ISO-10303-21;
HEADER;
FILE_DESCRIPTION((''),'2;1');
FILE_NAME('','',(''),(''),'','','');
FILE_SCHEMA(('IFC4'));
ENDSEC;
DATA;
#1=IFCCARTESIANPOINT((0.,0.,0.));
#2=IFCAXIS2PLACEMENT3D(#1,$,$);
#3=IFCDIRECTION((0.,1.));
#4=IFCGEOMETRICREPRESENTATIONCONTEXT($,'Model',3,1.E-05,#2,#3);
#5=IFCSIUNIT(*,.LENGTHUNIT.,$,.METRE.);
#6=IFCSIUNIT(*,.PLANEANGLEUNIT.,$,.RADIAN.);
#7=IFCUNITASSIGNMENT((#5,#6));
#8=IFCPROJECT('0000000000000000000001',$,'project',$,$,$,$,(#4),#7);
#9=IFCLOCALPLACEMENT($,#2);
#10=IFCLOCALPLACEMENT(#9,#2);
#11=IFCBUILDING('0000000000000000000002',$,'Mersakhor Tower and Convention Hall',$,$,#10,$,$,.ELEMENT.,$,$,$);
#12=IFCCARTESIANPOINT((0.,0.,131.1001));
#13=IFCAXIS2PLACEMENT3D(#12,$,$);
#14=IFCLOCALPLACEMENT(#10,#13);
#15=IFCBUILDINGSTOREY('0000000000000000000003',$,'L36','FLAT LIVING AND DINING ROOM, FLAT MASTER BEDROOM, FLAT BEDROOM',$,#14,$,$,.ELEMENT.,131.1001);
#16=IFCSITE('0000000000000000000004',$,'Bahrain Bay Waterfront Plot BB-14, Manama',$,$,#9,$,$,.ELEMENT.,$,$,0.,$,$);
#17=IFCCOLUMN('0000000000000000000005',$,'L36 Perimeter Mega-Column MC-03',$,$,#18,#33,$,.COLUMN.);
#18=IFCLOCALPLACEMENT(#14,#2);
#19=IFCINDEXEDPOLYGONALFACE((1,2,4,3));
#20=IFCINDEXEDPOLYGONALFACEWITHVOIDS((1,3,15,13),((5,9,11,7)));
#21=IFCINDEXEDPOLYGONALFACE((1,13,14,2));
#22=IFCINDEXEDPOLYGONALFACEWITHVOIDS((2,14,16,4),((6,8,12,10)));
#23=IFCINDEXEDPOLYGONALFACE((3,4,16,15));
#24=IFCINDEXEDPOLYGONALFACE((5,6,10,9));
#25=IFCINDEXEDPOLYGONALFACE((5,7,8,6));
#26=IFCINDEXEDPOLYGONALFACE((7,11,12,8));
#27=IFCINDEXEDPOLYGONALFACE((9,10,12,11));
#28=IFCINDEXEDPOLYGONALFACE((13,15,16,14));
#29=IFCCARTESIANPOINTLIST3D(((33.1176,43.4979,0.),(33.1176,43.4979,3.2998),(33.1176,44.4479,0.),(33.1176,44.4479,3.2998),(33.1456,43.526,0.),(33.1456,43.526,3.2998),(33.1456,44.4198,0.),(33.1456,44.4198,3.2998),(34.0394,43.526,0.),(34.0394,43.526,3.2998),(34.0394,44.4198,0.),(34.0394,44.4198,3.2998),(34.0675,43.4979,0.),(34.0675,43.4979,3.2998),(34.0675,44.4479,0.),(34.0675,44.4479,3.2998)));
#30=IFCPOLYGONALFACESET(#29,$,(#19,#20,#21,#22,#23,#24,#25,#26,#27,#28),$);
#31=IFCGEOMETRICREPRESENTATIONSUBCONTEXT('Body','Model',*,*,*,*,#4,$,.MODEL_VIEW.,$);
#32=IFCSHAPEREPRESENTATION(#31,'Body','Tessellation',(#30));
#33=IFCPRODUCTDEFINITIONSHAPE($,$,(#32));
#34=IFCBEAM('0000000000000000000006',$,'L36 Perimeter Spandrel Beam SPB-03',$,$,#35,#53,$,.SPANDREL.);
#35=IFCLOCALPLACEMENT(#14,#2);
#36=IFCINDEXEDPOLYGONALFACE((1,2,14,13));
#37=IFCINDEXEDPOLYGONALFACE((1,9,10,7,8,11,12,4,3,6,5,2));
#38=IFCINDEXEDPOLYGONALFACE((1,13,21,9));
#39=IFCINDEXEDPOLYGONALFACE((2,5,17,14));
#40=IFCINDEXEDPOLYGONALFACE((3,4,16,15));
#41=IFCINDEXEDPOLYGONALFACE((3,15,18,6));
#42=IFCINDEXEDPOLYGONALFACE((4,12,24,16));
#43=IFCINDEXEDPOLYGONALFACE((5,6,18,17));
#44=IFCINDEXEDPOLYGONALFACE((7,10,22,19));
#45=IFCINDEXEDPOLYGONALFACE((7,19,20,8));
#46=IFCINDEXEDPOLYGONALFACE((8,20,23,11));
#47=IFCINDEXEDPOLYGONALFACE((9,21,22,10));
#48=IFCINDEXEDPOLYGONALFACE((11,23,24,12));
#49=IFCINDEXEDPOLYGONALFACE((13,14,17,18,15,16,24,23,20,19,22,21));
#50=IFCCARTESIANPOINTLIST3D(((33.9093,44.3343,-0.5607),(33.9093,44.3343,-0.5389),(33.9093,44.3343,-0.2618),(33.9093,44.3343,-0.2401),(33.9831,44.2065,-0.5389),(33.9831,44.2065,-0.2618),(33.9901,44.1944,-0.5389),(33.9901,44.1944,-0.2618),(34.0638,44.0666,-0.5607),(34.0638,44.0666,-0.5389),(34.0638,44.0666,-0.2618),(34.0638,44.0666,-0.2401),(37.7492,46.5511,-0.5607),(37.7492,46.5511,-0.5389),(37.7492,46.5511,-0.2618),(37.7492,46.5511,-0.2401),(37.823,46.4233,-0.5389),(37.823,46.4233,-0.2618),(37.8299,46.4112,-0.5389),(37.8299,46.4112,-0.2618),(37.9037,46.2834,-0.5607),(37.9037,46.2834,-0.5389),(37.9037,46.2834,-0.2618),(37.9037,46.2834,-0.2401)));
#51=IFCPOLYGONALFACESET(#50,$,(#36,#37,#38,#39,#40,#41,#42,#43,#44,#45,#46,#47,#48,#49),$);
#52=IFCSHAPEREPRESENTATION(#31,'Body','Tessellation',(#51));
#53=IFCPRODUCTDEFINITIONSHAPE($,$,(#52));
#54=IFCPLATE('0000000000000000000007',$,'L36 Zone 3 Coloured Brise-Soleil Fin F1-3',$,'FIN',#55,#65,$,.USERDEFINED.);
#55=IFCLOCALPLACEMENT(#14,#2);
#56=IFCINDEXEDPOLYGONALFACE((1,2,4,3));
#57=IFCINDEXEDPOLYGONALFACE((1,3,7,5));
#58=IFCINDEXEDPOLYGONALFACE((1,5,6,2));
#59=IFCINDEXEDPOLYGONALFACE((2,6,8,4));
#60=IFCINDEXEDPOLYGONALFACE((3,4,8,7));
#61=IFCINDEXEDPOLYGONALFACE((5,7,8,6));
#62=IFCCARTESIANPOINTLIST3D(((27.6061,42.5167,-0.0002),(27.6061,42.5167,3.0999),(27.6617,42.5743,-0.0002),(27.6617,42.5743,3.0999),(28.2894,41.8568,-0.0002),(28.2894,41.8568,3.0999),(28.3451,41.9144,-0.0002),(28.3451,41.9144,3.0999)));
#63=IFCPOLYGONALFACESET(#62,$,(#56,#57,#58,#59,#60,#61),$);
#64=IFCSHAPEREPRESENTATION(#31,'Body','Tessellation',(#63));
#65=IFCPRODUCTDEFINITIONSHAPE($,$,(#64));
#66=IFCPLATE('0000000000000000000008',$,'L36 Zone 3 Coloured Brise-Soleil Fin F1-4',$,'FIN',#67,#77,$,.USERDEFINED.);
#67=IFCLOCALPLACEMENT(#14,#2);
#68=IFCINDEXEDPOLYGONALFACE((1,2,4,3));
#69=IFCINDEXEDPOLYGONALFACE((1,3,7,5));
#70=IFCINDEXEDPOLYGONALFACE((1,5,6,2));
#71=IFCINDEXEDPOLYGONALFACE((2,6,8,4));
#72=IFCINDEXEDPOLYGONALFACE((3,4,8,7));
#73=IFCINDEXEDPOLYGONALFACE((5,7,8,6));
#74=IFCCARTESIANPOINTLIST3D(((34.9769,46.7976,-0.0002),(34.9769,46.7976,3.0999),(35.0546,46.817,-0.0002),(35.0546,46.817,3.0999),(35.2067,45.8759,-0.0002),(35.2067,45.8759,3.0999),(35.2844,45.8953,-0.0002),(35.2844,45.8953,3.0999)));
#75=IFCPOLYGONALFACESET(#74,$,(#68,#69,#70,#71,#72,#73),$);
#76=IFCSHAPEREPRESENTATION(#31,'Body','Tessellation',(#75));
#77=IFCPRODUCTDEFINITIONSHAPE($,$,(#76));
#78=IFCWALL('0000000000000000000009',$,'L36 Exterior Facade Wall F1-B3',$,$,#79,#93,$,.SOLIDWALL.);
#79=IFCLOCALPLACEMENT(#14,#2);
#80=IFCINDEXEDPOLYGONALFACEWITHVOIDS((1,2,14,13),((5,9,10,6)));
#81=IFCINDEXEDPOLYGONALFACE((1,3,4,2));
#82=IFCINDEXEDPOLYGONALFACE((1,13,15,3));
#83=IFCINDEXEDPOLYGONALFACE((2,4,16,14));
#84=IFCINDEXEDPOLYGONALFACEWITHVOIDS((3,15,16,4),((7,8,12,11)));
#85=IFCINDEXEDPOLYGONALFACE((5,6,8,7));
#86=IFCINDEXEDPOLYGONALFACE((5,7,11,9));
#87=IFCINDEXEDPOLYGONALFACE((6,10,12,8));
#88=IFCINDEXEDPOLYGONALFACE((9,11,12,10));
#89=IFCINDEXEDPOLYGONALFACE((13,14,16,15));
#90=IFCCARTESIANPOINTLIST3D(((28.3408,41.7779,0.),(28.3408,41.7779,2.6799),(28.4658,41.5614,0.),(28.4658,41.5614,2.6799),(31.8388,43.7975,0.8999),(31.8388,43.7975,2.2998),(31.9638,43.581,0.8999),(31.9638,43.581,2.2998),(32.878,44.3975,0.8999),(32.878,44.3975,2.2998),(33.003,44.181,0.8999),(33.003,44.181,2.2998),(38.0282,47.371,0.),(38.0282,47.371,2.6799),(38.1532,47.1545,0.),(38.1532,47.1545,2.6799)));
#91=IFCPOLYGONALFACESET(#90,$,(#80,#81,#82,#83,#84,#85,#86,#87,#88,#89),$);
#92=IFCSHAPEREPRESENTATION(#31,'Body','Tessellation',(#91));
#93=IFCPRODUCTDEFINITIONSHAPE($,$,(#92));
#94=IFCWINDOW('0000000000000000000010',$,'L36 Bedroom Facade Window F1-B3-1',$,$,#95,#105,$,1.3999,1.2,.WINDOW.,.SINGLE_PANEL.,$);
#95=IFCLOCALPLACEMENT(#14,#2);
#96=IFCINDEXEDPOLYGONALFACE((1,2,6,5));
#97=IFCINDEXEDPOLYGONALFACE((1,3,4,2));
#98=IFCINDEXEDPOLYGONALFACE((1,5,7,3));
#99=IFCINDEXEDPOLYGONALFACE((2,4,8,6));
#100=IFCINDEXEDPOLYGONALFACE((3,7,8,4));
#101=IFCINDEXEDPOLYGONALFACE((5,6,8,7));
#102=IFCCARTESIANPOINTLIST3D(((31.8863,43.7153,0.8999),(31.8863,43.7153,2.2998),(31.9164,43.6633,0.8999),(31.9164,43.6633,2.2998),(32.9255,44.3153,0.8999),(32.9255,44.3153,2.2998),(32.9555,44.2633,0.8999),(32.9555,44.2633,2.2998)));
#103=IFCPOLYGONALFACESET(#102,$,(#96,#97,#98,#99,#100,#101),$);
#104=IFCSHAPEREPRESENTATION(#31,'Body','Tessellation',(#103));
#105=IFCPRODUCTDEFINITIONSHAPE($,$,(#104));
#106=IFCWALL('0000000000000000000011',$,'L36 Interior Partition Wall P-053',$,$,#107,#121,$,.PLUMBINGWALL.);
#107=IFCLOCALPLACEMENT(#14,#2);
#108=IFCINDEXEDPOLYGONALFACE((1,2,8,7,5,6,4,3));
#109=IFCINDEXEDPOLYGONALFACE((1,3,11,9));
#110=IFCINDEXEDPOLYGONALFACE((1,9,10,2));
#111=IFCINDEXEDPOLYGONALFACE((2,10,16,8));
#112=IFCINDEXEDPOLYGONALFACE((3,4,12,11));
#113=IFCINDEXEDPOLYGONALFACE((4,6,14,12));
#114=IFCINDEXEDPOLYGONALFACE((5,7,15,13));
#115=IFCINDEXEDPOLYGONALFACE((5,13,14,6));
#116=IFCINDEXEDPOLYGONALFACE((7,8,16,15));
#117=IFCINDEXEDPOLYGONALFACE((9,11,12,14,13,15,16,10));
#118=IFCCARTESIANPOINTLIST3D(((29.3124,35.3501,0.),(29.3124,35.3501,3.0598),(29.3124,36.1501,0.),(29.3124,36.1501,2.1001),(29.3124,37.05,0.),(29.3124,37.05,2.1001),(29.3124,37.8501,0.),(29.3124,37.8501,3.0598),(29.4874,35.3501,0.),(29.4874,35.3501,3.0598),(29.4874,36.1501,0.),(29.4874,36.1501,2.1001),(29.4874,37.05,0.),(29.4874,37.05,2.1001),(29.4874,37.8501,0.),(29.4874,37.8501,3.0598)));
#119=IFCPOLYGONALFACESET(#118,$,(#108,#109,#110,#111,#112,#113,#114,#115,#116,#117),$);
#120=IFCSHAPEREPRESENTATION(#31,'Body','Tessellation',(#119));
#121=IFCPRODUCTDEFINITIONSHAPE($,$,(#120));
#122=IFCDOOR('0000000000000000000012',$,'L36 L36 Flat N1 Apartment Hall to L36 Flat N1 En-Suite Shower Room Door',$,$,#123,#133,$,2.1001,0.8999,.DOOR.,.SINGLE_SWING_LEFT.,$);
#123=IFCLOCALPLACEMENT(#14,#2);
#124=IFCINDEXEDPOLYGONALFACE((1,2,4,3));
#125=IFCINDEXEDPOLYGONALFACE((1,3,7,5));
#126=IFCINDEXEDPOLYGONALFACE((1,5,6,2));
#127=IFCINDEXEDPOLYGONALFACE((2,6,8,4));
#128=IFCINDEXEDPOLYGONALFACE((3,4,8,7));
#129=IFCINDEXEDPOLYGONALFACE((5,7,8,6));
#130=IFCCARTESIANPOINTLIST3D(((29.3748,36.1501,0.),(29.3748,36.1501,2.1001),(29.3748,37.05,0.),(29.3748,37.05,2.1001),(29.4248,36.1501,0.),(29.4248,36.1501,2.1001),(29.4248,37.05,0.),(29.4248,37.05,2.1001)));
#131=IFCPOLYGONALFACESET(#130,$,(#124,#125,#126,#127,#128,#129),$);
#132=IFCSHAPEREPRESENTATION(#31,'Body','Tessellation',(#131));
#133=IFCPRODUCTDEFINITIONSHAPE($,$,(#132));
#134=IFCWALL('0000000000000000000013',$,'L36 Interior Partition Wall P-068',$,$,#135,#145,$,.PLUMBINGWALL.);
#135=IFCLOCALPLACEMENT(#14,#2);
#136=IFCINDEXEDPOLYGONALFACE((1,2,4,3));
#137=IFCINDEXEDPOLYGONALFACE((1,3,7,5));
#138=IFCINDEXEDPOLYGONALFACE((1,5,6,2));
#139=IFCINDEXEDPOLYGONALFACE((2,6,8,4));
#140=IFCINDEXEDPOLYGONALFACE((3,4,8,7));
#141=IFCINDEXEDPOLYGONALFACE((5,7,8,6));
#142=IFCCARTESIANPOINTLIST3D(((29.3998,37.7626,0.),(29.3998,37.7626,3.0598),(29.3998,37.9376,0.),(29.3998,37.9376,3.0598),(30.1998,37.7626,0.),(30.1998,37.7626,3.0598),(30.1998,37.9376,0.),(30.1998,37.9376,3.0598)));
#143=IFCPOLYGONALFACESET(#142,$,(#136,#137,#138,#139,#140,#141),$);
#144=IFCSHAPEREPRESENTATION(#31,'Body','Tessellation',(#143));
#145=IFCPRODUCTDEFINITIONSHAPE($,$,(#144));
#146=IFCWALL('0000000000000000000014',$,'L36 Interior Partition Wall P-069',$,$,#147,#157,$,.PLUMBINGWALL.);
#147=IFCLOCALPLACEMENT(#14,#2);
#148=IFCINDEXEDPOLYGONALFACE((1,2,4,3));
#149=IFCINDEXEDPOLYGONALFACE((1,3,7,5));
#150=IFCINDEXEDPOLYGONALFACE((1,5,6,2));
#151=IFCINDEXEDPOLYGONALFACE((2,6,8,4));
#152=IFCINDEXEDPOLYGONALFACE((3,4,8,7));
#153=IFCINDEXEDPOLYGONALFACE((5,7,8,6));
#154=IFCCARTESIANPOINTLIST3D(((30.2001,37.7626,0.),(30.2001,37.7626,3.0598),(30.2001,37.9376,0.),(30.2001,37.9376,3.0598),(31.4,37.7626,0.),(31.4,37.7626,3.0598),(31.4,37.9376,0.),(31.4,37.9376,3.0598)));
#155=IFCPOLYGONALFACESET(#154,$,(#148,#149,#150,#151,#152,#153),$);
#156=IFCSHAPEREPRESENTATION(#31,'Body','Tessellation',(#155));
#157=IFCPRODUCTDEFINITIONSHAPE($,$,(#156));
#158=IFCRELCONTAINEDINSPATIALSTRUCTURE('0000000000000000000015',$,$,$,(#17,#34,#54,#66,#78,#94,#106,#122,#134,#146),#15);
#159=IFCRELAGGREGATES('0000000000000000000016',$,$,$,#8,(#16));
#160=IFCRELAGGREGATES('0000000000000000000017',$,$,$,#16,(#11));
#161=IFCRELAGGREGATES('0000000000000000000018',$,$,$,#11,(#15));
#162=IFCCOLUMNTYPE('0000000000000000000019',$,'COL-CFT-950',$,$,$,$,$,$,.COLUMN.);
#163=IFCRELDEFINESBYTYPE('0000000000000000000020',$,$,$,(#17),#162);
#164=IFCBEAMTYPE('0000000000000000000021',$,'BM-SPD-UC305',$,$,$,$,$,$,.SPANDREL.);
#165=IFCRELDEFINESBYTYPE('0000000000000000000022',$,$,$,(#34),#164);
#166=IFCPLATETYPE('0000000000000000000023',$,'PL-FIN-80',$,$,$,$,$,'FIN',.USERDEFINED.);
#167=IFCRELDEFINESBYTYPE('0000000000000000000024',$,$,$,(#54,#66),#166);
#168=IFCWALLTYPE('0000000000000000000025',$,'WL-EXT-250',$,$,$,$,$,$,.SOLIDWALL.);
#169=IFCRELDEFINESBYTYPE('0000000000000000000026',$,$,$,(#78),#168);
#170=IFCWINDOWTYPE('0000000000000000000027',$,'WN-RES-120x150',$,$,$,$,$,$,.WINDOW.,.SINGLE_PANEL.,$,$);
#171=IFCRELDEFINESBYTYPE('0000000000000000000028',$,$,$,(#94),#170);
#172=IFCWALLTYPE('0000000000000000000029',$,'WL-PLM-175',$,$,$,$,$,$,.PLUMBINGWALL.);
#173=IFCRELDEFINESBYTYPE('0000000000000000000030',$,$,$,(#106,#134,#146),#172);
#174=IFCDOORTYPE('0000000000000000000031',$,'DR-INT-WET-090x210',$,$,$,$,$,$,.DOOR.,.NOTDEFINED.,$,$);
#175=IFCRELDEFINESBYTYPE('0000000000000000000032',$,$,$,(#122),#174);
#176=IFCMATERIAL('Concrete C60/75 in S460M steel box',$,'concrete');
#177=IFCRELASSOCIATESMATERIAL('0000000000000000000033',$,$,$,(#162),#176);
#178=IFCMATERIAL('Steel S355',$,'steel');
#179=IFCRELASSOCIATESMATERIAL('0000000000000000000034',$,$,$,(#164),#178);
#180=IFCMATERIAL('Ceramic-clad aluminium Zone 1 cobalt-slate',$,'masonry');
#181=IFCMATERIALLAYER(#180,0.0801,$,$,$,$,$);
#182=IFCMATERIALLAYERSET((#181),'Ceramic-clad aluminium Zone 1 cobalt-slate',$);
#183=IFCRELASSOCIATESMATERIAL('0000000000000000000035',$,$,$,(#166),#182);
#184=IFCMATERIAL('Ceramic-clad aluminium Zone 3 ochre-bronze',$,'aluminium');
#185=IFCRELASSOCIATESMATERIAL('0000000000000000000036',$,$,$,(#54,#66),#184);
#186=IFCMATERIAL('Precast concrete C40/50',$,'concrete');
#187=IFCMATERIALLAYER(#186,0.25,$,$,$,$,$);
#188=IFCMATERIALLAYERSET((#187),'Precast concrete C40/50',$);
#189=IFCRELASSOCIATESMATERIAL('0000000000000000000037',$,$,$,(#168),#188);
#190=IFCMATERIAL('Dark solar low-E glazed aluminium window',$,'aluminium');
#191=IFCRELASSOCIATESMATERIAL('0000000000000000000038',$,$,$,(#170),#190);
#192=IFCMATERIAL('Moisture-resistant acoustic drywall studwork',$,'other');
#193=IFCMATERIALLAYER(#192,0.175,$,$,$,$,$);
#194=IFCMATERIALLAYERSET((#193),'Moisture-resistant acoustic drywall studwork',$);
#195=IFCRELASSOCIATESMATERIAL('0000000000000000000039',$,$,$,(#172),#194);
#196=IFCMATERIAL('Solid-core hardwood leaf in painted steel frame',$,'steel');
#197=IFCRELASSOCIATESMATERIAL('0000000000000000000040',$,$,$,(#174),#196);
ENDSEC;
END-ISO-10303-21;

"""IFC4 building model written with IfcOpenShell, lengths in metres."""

from ifc_helpers import new_model, si_unit, direction, frame, frame_2d, origin, origin_2d, place, context, subcontext, project, spatial, rectangle, hollow_rectangle, i_section, extrude, material, layer, layer_set, material_profile, profile_set, type_object, element, fill, save


model = new_model("IFC4")

# Units and contexts
model_context = context("Model", 3, precision=1e-05, world=origin(), true_north=direction((0.0, 1.0)))
body_context = subcontext(model_context, "Body", "Model", "MODEL_VIEW")
ifc_project = project(units=[si_unit("LENGTHUNIT", "METRE"), si_unit("PLANEANGLEUNIT", "RADIAN")], contexts=[model_context])

# Site, building, storey
site_placement = place(None, origin())
site = spatial("IfcSite", under=ifc_project, at=site_placement, Name="Bahrain Bay Waterfront Plot BB-14, Manama", CompositionType="ELEMENT", RefElevation=0.0)
building_placement = place(site_placement, origin())
building = spatial("IfcBuilding", under=site, at=building_placement, Name="Mersakhor Tower and Convention Hall", CompositionType="ELEMENT")
storey_placement = place(building_placement, frame((0.0, 0.0, 131.1001)))
storey = spatial("IfcBuildingStorey", under=building, at=storey_placement, Name="L36", Description="FLAT LIVING AND DINING ROOM, FLAT MASTER BEDROOM, FLAT BEDROOM", CompositionType="ELEMENT", Elevation=131.1001)

# Column
ifc_material_1 = material(Name="Concrete C60/75 in S460M steel box", Category="concrete")
ifc_material_profile_1 = material_profile(ifc_material_1, hollow_rectangle(XDim=0.95, YDim=0.95, WallThickness=0.0281, at=origin_2d()), Name="SHS 950x950x28")
ifc_profile_set_1 = profile_set([ifc_material_profile_1], Name="Concrete C60/75 in S460M steel box")
column_type = type_object("IfcColumnType", Name="COL-CFT-950", PredefinedType="COLUMN", material=ifc_profile_set_1)
column_placement = place(storey_placement, frame((33.5925, 43.9729, 0.0), z_axis=(0.0, 0.0, 1.0), x_axis=(1.0, 0.0, 0.0)))
element("IfcColumn", 1, at=column_placement, inside=storey, type_object=column_type, Name="L36 Perimeter Mega-Column MC-03", PredefinedType="COLUMN", context=body_context, shape_type="SweptSolid", body=[
    extrude(hollow_rectangle(XDim=0.95, YDim=0.95, WallThickness=0.0281, at=origin_2d()), origin(), (0.0, 0.0, 1.0), 3.2998),
])

# Beam
ifc_material_2 = material(Name="Steel S355", Category="steel")
ifc_material_profile_2 = material_profile(ifc_material_2, i_section(OverallWidth=0.3091, OverallDepth=0.3206, WebThickness=0.0139, FlangeThickness=0.0217, at=origin_2d()), Name="UC 305x305x137")
ifc_profile_set_2 = profile_set([ifc_material_profile_2], Name="Steel S355")
beam_type = type_object("IfcBeamType", Name="BM-SPD-UC305", PredefinedType="SPANDREL", material=ifc_profile_set_2)
beam_placement = place(storey_placement, frame((33.9866, 44.2004, -0.4004), z_axis=(0.866039, 0.499977, 0.0), x_axis=(-0.499977, 0.866039, 0.0)))
element("IfcBeam", 2, at=beam_placement, inside=storey, type_object=beam_type, Name="L36 Perimeter Spandrel Beam SPB-03", PredefinedType="SPANDREL", context=body_context, shape_type="SweptSolid", body=[
    extrude(i_section(OverallWidth=0.3091, OverallDepth=0.3206, WebThickness=0.0139, FlangeThickness=0.0217, at=origin_2d()), origin(), (0.0, 0.0, 1.0), 4.4338),
])

# Plates
ifc_material_3 = material(Name="Ceramic-clad aluminium Zone 3 ochre-bronze", Category="aluminium")
ifc_material_4 = material(Name="Ceramic-clad aluminium Zone 1 cobalt-slate", Category="masonry")
ifc_layer_1 = layer(ifc_material_4, 0.0801)
ifc_layer_set_1 = layer_set([ifc_layer_1], Name="Ceramic-clad aluminium Zone 1 cobalt-slate")
plate_type = type_object("IfcPlateType", Name="PL-FIN-80", ElementType="FIN", PredefinedType="USERDEFINED", material=ifc_layer_set_1)
for number, where, z_axis, x_axis, name in (
    (3, (27.9756, 42.2156, -0.0002), (0.0, 0.0, 1.0), (-0.71934, 0.694658, 0.0), "L36 Zone 3 Coloured Brise-Soleil Fin F1-3"),
    (4, (35.1306, 46.3464, -0.0002), (0.0, 0.0, 1.0), (-0.241922, 0.970296, 0.0), "L36 Zone 3 Coloured Brise-Soleil Fin F1-4"),
):
    element("IfcPlate", number, at=place(storey_placement, frame(where, z_axis=z_axis, x_axis=x_axis)), inside=storey, type_object=plate_type, material=ifc_material_3, Name=name, ObjectType="FIN", PredefinedType="USERDEFINED", context=body_context, shape_type="SweptSolid", body=[
        extrude(rectangle(XDim=0.95, YDim=0.0801, at=origin_2d()), origin(), (0.0, 0.0, 1.0), 3.1001),
    ])

# Wall, opening, window
ifc_material_5 = material(Name="Precast concrete C40/50", Category="concrete")
ifc_layer_2 = layer(ifc_material_5, 0.25)
ifc_layer_set_2 = layer_set([ifc_layer_2], Name="Precast concrete C40/50")
wall_type_1 = type_object("IfcWallType", Name="WL-EXT-250", PredefinedType="SOLIDWALL", material=ifc_layer_set_2)
wall_1_placement = place(storey_placement, frame((28.4033, 41.6697, 0.0), z_axis=(0.0, 0.0, 1.0), x_axis=(0.866022, 0.500005, 0.0)))
wall_1 = element("IfcWall", 5, at=wall_1_placement, inside=storey, type_object=wall_type_1, Name="L36 Exterior Facade Wall F1-B3", PredefinedType="SOLIDWALL", context=body_context, shape_type="SweptSolid", body=[
    extrude(rectangle(XDim=11.186, YDim=0.25, at=frame_2d((5.593, 0.0))), origin(), (0.0, 0.0, 1.0), 2.6799),
])
opening_1_placement = place(wall_1_placement, frame((4.0391, 0.0, 0.8999)))
opening_1 = element("IfcOpeningElement", 6, at=opening_1_placement, cuts=wall_1, PredefinedType="OPENING", context=body_context, shape_type="SweptSolid", body=[
    extrude(rectangle(XDim=1.2, YDim=1.3999, at=frame_2d((0.6001, 0.7))), frame((0.0, 0.135, 0.0), z_axis=(0.0, -1.0, 0.0), x_axis=(1.0, 0.0, 0.0)), (0.0, 0.0, 1.0), 0.27),
])
ifc_material_6 = material(Name="Dark solar low-E glazed aluminium window", Category="aluminium")
window_type = type_object("IfcWindowType", Name="WN-RES-120x150", PartitioningType="SINGLE_PANEL", PredefinedType="WINDOW", material=ifc_material_6)
window_placement = place(opening_1_placement, origin())
window = element("IfcWindow", 7, at=window_placement, inside=storey, type_object=window_type, Name="L36 Bedroom Facade Window F1-B3-1", OverallHeight=1.3999, OverallWidth=1.2, PartitioningType="SINGLE_PANEL", PredefinedType="WINDOW", context=body_context, shape_type="SweptSolid", body=[
    extrude(rectangle(XDim=1.2, YDim=1.3999, at=frame_2d((0.6001, 0.7))), frame((0.0, 0.03, 0.0), z_axis=(0.0, -1.0, 0.0), x_axis=(1.0, 0.0, 0.0)), (0.0, 0.0, 1.0), 0.0601),
])
fill(opening_1, window)

# Wall, opening, door
ifc_material_7 = material(Name="Moisture-resistant acoustic drywall studwork", Category="other")
ifc_layer_3 = layer(ifc_material_7, 0.175)
ifc_layer_set_3 = layer_set([ifc_layer_3], Name="Moisture-resistant acoustic drywall studwork")
wall_type_2 = type_object("IfcWallType", Name="WL-PLM-175", PredefinedType="PLUMBINGWALL", material=ifc_layer_set_3)
wall_2_placement = place(storey_placement, frame((29.3999, 37.8501, 0.0), z_axis=(0.0, 0.0, 1.0), x_axis=(0.0, -1.0, 0.0)))
wall_2 = element("IfcWall", 8, at=wall_2_placement, inside=storey, type_object=wall_type_2, Name="L36 Interior Partition Wall P-053", PredefinedType="PLUMBINGWALL", context=body_context, shape_type="SweptSolid", body=[
    extrude(rectangle(XDim=2.5, YDim=0.175, at=frame_2d((1.25, 0.0))), origin(), (0.0, 0.0, 1.0), 3.0598),
])
opening_2_placement = place(wall_2_placement, frame((0.8, 0.0, 0.0)))
opening_2 = element("IfcOpeningElement", 9, at=opening_2_placement, cuts=wall_2, PredefinedType="OPENING", context=body_context, shape_type="SweptSolid", body=[
    extrude(rectangle(XDim=0.8999, YDim=2.1001, at=frame_2d((0.45, 1.05))), frame((0.0, 0.0974, 0.0), z_axis=(0.0, -1.0, 0.0), x_axis=(1.0, 0.0, 0.0)), (0.0, 0.0, 1.0), 0.1951),
])
ifc_material_8 = material(Name="Solid-core hardwood leaf in painted steel frame", Category="steel")
door_type_1 = type_object("IfcDoorType", Name="DR-INT-WET-090x210", OperationType="NOTDEFINED", PredefinedType="DOOR", material=ifc_material_8)
door_1_placement = place(opening_2_placement, origin())
door_1 = element("IfcDoor", 10, at=door_1_placement, inside=storey, type_object=door_type_1, Name="L36 L36 Flat N1 Apartment Hall to L36 Flat N1 En-Suite Shower Room Door", OperationType="SINGLE_SWING_LEFT", OverallHeight=2.1001, OverallWidth=0.8999, PredefinedType="DOOR", context=body_context, shape_type="SweptSolid", body=[
    extrude(rectangle(XDim=0.8999, YDim=2.1001, at=frame_2d((0.45, 1.05))), frame((0.0, 0.0249, 0.0), z_axis=(0.0, -1.0, 0.0), x_axis=(1.0, 0.0, 0.0)), (0.0, 0.0, 1.0), 0.05),
])
fill(opening_2, door_1)

# Walls
wall_3_placement = place(storey_placement, frame((29.3999, 37.8501, 0.0), z_axis=(0.0, 0.0, 1.0), x_axis=(1.0, 0.0, 0.0)))
element("IfcWall", 11, at=wall_3_placement, inside=storey, type_object=wall_type_2, Name="L36 Interior Partition Wall P-068", PredefinedType="PLUMBINGWALL", context=body_context, shape_type="SweptSolid", body=[
    extrude(rectangle(XDim=0.8, YDim=0.175, at=frame_2d((0.3999, 0.0))), origin(), (0.0, 0.0, 1.0), 3.0598),
])
wall_4_placement = place(storey_placement, frame((30.2, 37.8501, 0.0), z_axis=(0.0, 0.0, 1.0), x_axis=(1.0, 0.0, 0.0)))
element("IfcWall", 12, at=wall_4_placement, inside=storey, type_object=wall_type_2, Name="L36 Interior Partition Wall P-069", PredefinedType="PLUMBINGWALL", context=body_context, shape_type="SweptSolid", body=[
    extrude(rectangle(XDim=1.2, YDim=0.175, at=frame_2d((0.6001, 0.0))), origin(), (0.0, 0.0, 1.0), 3.0598),
])

save(model, "model.ifc")
